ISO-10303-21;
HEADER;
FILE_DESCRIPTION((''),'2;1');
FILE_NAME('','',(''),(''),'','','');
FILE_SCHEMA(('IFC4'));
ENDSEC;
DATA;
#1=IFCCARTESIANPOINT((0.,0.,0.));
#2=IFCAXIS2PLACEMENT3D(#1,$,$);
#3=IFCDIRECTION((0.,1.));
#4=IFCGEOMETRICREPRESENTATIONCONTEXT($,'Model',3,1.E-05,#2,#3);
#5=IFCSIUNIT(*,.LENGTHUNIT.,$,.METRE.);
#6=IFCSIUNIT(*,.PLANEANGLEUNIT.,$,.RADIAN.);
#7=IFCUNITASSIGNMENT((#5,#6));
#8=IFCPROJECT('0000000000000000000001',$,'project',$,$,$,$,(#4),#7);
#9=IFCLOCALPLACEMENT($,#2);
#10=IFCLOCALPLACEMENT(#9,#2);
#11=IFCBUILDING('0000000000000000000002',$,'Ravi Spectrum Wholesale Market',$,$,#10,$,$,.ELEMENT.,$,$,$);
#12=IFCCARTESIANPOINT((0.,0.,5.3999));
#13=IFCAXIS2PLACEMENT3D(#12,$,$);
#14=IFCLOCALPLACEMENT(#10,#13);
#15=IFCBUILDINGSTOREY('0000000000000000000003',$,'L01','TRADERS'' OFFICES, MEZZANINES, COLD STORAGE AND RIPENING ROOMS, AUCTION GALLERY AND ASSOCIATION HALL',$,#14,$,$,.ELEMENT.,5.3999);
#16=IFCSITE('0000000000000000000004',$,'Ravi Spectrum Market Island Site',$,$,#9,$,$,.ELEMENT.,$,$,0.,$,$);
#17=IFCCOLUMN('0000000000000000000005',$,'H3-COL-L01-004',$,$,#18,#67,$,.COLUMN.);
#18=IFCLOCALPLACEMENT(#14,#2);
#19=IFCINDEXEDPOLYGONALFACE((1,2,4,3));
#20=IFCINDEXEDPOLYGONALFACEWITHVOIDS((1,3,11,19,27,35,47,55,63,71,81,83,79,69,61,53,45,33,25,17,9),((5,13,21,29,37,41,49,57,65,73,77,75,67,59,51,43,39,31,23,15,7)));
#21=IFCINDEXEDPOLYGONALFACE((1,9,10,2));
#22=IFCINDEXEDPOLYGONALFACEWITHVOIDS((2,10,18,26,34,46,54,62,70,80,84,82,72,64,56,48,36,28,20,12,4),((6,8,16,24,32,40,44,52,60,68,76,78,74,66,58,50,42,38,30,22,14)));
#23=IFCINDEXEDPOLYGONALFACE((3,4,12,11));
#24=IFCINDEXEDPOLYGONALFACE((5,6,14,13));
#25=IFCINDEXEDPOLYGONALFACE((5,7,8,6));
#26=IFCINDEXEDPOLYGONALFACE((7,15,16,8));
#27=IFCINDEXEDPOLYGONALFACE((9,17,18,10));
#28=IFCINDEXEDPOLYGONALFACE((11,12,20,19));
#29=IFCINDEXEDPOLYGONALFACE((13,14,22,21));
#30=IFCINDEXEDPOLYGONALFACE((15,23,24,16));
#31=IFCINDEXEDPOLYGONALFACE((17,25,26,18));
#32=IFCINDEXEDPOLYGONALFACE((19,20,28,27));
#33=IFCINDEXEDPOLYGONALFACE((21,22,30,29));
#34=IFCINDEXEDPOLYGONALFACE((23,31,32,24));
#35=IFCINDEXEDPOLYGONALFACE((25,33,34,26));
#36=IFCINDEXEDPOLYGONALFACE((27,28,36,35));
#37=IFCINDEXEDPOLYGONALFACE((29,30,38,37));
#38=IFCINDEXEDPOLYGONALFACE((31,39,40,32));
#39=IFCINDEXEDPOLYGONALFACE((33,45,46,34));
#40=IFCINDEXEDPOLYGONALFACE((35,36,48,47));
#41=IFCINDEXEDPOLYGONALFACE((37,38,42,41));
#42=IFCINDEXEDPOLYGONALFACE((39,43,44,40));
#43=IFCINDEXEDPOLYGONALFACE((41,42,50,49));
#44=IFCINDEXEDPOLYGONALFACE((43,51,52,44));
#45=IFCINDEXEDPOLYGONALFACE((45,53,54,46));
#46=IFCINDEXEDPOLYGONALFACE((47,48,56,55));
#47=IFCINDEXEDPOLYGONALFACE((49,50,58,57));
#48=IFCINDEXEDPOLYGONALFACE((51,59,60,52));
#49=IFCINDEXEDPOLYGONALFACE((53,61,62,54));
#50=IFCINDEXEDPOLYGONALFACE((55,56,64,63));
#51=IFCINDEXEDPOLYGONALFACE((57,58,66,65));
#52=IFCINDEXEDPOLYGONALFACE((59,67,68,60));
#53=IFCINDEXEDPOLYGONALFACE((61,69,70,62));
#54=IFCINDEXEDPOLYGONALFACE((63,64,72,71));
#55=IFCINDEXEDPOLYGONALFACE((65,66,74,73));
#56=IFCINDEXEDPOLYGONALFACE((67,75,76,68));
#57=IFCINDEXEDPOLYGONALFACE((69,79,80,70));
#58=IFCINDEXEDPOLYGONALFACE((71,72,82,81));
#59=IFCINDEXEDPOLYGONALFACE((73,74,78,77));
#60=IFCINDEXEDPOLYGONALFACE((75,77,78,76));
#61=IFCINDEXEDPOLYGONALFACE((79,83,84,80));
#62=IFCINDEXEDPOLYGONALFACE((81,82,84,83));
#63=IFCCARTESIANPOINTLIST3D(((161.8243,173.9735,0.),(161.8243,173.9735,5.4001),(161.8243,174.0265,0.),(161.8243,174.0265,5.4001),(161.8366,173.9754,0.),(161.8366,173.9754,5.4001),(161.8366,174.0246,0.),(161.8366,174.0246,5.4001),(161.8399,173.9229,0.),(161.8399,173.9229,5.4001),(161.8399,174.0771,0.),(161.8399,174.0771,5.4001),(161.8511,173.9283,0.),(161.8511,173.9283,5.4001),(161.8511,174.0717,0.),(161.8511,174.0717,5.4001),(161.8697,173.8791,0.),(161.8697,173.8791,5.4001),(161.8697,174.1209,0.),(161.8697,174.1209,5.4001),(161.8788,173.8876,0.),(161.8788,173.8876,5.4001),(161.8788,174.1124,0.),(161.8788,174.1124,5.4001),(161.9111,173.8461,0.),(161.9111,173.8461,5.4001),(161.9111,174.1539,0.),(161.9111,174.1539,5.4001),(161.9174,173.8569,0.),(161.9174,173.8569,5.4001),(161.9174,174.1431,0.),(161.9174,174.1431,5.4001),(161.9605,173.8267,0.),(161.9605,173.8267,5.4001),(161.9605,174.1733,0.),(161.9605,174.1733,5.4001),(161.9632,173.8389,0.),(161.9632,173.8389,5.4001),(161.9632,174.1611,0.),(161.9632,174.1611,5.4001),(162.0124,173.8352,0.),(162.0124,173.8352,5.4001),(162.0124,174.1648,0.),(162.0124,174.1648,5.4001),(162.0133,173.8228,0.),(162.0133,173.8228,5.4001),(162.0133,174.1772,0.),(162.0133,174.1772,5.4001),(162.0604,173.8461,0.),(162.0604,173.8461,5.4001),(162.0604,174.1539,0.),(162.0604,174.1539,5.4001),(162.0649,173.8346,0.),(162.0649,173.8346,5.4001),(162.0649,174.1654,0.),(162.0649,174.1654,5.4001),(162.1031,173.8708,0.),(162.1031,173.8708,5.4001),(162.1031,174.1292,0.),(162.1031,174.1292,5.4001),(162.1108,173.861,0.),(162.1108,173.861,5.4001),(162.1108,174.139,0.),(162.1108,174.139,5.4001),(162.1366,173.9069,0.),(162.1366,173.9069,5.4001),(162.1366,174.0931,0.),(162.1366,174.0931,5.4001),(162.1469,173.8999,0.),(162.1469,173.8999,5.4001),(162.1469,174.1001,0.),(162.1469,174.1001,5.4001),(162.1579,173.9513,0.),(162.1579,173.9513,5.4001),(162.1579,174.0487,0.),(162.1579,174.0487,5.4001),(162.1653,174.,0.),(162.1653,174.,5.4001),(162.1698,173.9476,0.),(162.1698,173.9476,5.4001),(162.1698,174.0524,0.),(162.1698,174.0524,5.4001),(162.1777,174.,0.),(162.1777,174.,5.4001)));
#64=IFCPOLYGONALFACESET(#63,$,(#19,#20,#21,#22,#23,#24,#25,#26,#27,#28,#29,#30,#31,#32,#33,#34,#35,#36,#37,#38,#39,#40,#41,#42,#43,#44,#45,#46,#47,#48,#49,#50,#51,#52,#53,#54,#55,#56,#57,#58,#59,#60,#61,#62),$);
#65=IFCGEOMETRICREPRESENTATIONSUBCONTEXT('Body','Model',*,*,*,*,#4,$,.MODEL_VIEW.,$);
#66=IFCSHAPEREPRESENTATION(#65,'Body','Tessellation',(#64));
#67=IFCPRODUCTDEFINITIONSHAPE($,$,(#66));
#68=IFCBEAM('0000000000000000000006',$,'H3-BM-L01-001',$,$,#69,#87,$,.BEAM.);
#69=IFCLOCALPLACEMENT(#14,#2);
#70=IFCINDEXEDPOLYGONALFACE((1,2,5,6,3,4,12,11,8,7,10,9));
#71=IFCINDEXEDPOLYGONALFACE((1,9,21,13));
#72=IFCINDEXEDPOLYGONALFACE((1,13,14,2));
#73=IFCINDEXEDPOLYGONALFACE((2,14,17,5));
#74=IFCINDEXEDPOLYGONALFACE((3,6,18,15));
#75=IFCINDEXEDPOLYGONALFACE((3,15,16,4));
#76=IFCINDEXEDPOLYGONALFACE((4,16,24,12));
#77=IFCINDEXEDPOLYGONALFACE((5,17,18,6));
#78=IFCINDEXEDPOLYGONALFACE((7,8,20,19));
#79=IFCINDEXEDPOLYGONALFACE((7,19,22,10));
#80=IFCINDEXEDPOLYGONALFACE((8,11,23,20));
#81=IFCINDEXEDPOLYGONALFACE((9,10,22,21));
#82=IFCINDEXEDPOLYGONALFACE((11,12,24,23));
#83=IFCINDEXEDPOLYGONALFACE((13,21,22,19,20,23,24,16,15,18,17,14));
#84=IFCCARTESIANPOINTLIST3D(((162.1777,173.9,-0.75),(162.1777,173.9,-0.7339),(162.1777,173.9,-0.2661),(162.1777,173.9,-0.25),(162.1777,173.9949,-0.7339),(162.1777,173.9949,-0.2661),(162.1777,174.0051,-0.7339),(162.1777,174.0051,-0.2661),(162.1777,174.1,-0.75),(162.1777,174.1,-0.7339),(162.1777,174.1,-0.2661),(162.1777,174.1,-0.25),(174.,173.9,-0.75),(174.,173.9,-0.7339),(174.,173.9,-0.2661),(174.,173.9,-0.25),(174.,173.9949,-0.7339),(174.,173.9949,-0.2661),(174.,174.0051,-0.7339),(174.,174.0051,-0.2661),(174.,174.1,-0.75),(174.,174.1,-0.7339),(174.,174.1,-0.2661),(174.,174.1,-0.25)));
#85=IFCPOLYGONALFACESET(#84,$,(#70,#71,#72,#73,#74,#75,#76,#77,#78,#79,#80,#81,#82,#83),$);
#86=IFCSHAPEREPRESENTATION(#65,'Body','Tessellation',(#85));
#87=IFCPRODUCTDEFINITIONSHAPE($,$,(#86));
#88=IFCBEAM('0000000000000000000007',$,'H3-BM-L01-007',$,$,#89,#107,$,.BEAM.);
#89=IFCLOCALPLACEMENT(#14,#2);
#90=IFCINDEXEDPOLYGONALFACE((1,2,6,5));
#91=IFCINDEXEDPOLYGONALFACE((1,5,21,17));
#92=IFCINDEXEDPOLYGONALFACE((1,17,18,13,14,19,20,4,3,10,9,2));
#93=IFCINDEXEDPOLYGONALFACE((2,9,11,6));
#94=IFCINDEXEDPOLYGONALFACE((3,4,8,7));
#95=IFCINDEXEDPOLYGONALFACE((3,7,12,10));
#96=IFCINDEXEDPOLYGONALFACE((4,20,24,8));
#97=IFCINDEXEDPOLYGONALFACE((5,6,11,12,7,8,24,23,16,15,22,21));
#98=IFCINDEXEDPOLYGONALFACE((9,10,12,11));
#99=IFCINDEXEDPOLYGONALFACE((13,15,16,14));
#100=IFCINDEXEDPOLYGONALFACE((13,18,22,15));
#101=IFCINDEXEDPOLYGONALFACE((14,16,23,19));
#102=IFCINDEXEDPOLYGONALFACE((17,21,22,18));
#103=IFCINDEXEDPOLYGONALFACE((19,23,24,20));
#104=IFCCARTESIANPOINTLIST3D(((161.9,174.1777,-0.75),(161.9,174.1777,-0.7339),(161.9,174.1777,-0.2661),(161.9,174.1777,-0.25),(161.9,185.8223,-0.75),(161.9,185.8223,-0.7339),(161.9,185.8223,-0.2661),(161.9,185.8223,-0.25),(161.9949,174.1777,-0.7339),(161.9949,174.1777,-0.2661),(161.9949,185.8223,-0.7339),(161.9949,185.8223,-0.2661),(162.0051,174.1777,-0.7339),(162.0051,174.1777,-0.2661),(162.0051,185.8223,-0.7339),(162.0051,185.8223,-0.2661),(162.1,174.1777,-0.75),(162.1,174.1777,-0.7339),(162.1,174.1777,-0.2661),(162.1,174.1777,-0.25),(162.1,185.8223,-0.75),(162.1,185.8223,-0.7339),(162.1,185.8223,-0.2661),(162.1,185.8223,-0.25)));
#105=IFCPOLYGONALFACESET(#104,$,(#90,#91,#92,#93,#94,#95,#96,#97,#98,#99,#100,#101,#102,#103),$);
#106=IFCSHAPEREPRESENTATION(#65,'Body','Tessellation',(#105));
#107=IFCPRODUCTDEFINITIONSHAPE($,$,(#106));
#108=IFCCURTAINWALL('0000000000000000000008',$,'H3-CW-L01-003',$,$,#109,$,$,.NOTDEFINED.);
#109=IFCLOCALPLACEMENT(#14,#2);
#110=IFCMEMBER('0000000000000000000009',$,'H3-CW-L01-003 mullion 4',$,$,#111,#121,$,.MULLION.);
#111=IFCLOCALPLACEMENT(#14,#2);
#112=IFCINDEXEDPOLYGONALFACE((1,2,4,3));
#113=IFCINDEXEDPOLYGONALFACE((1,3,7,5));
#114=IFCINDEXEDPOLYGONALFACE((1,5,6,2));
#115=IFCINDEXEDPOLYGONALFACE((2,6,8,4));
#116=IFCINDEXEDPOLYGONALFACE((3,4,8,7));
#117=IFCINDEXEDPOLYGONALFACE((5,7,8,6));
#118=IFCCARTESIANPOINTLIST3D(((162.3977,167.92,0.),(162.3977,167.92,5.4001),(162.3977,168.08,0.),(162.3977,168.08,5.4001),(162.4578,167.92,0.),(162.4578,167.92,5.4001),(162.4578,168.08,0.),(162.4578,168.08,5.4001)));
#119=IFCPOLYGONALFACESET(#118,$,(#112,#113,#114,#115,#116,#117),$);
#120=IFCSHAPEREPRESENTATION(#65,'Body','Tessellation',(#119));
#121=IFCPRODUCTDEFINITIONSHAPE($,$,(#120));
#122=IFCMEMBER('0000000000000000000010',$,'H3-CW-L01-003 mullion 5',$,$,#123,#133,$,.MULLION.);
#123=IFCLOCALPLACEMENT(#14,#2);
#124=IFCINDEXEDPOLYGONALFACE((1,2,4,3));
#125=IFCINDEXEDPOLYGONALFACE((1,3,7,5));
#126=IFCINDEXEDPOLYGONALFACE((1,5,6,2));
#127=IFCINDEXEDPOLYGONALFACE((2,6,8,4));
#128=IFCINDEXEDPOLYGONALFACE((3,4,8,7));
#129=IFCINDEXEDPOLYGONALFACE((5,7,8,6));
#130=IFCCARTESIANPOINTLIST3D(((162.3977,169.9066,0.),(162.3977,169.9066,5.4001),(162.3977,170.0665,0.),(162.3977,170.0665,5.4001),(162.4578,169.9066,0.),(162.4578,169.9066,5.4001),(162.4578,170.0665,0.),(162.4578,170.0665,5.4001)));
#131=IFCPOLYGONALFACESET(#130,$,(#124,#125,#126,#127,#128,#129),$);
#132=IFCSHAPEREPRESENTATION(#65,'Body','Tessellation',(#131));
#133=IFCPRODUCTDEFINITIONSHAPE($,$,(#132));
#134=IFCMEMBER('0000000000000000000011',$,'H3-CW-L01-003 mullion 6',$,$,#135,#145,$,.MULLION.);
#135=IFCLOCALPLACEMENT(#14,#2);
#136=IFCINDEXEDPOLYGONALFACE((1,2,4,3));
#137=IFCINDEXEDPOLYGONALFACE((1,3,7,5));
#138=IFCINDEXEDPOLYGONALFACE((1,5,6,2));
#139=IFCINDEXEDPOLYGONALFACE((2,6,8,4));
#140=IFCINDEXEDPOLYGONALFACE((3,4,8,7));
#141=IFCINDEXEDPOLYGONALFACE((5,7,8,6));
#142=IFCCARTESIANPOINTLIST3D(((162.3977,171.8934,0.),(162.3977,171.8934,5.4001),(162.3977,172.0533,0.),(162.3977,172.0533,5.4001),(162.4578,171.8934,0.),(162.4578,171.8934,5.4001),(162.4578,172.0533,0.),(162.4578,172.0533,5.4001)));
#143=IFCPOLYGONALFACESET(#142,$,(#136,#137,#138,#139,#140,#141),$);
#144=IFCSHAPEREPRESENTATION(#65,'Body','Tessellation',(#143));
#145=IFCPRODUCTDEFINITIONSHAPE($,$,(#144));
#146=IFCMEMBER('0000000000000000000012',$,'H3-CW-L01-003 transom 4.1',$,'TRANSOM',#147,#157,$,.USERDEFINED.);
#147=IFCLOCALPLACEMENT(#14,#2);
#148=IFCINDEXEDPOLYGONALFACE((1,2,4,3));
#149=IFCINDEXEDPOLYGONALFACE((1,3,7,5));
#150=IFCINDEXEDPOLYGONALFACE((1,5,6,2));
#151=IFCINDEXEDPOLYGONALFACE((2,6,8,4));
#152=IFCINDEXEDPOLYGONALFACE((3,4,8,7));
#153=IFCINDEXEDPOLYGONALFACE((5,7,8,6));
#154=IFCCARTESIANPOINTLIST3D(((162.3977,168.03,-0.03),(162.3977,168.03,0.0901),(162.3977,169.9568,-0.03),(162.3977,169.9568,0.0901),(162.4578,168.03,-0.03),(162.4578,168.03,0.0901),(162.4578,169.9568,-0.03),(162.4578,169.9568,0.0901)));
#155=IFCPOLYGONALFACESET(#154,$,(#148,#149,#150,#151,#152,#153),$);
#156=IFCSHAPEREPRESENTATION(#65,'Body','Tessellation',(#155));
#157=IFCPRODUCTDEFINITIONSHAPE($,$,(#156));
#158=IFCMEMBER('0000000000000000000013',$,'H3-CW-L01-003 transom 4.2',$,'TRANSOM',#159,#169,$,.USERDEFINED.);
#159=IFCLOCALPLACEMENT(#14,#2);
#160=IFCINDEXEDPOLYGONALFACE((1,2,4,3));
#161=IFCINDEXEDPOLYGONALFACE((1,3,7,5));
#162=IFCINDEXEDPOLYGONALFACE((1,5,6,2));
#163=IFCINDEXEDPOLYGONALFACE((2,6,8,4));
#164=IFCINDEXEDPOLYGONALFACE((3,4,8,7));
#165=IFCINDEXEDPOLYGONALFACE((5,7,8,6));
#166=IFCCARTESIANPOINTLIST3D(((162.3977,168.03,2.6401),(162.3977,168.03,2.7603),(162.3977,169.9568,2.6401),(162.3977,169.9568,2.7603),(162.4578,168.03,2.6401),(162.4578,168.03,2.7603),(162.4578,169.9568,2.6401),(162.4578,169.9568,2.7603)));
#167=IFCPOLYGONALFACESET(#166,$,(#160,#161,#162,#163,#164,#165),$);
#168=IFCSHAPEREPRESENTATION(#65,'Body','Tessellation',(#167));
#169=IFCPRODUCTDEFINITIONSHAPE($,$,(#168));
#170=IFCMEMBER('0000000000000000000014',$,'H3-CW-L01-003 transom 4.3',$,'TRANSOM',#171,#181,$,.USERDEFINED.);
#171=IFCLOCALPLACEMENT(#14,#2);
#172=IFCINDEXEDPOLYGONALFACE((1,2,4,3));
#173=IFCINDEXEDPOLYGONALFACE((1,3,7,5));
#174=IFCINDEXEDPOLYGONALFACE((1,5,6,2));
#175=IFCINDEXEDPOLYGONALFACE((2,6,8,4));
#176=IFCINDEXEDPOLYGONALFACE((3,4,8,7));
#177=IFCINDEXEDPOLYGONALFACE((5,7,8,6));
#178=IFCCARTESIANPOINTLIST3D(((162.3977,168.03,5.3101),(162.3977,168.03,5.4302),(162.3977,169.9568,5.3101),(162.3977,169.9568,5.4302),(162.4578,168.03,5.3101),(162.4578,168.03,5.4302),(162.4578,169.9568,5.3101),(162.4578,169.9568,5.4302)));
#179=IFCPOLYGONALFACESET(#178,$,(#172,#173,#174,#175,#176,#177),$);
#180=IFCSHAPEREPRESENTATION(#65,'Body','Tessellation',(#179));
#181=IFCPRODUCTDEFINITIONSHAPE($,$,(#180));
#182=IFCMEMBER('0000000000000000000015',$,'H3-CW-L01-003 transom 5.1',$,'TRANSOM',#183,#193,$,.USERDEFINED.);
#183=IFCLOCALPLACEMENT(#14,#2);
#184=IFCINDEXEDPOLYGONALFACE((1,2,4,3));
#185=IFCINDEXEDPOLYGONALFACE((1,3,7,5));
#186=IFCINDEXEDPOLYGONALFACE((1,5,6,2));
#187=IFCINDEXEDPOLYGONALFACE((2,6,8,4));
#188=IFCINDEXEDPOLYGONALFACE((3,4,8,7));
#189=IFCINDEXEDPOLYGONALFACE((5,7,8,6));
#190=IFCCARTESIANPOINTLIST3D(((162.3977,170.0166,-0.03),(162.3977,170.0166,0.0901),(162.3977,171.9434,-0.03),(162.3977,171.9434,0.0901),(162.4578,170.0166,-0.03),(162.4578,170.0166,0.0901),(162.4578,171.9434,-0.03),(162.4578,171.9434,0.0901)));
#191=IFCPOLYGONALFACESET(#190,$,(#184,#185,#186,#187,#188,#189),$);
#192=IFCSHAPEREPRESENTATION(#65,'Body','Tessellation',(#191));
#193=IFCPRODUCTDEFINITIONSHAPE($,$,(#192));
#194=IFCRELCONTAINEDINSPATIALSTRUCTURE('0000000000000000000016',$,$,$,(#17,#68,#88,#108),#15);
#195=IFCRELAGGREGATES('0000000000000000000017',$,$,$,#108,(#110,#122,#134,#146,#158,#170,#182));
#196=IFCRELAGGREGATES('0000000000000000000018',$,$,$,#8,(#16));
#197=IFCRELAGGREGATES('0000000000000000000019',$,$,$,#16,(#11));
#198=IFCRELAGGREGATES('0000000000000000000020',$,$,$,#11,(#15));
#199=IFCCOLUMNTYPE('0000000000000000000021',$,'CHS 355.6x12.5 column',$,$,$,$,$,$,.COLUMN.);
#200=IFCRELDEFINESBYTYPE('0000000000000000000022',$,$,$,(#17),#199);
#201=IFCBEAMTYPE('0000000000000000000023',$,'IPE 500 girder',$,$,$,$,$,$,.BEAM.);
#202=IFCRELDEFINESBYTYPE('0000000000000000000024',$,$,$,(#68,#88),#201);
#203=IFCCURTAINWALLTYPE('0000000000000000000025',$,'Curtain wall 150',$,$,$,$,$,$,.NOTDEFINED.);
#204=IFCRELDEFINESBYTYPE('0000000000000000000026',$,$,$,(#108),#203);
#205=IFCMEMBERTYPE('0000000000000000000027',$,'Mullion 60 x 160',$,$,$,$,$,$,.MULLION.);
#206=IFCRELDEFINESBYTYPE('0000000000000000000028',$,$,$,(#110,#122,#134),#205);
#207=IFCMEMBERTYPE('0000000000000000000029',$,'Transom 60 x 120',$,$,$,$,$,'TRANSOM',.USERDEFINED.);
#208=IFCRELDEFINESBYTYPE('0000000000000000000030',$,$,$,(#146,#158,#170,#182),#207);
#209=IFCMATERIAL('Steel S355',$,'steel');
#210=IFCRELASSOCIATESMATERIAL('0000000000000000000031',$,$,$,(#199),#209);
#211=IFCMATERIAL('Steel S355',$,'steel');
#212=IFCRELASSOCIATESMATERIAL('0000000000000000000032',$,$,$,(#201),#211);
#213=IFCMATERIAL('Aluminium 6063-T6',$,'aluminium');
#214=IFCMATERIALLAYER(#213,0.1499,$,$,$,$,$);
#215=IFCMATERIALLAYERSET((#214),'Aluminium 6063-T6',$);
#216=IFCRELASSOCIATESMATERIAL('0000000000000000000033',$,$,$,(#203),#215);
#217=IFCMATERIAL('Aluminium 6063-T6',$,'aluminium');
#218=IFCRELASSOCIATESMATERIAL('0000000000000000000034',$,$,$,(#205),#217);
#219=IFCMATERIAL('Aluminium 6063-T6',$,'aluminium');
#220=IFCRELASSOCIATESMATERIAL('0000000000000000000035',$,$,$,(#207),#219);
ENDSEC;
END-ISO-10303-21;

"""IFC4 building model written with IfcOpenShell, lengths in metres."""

from ifc_helpers import new_model, si_unit, direction, frame, origin, origin_2d, place, context, subcontext, project, spatial, rectangle, hollow_circle, i_section, extrude, material, layer, layer_set, material_profile, profile_set, type_object, element, aggregate, save


model = new_model("IFC4")

# Units and contexts
model_context = context("Model", 3, precision=1e-05, world=origin(), true_north=direction((0.0, 1.0)))
body_context = subcontext(model_context, "Body", "Model", "MODEL_VIEW")
ifc_project = project(units=[si_unit("LENGTHUNIT", "METRE"), si_unit("PLANEANGLEUNIT", "RADIAN")], contexts=[model_context])

# Site, building, storey
site_placement = place(None, origin())
site = spatial("IfcSite", under=ifc_project, at=site_placement, Name="Ravi Spectrum Market Island Site", CompositionType="ELEMENT", RefElevation=0.0)
building_placement = place(site_placement, origin())
building = spatial("IfcBuilding", under=site, at=building_placement, Name="Ravi Spectrum Wholesale Market", CompositionType="ELEMENT")
storey_placement = place(building_placement, frame((0.0, 0.0, 5.3999)))
storey = spatial("IfcBuildingStorey", under=building, at=storey_placement, Name="L01", Description="TRADERS' OFFICES, MEZZANINES, COLD STORAGE AND RIPENING ROOMS, AUCTION GALLERY AND ASSOCIATION HALL", CompositionType="ELEMENT", Elevation=5.3999)

# Column
ifc_material_1 = material(Name="Steel S355", Category="steel")
ifc_material_profile_1 = material_profile(ifc_material_1, hollow_circle(Radius=0.1777, WallThickness=0.0125, at=origin_2d()))
ifc_profile_set_1 = profile_set([ifc_material_profile_1], Name="Steel S355")
column_type = type_object("IfcColumnType", Name="CHS 355.6x12.5 column", PredefinedType="COLUMN", material=ifc_profile_set_1)
column_placement = place(storey_placement, frame((162.0, 174.0, 0.0), z_axis=(0.0, 0.0, 1.0), x_axis=(1.0, 0.0, 0.0)))
element("IfcColumn", 1, at=column_placement, inside=storey, type_object=column_type, Name="H3-COL-L01-004", PredefinedType="COLUMN", context=body_context, shape_type="SweptSolid", body=[
    extrude(hollow_circle(Radius=0.1777, WallThickness=0.0125, at=origin_2d()), origin(), (0.0, 0.0, 1.0), 5.4001),
])

# Beams
ifc_material_2 = material(Name="Steel S355", Category="steel")
ifc_material_profile_2 = material_profile(ifc_material_2, i_section(OverallWidth=0.2, OverallDepth=0.5, WebThickness=0.0103, FlangeThickness=0.0161, at=origin_2d()))
ifc_profile_set_2 = profile_set([ifc_material_profile_2], Name="Steel S355")
beam_type = type_object("IfcBeamType", Name="IPE 500 girder", PredefinedType="BEAM", material=ifc_profile_set_2)
beam_1_placement = place(storey_placement, frame((162.1777, 174.0, -0.5), z_axis=(1.0, 0.0, 0.0), x_axis=(0.0, 1.0, 0.0)))
element("IfcBeam", 2, at=beam_1_placement, inside=storey, type_object=beam_type, Name="H3-BM-L01-001", PredefinedType="BEAM", context=body_context, shape_type="SweptSolid", body=[
    extrude(i_section(OverallWidth=0.2, OverallDepth=0.5, WebThickness=0.0103, FlangeThickness=0.0161, at=origin_2d()), origin(), (0.0, 0.0, 1.0), 11.8223),
])
beam_2_placement = place(storey_placement, frame((162.0, 174.1777, -0.5), z_axis=(0.0, 1.0, 0.0), x_axis=(-1.0, 0.0, 0.0)))
element("IfcBeam", 3, at=beam_2_placement, inside=storey, type_object=beam_type, Name="H3-BM-L01-007", PredefinedType="BEAM", context=body_context, shape_type="SweptSolid", body=[
    extrude(i_section(OverallWidth=0.2, OverallDepth=0.5, WebThickness=0.0103, FlangeThickness=0.0161, at=origin_2d()), origin(), (0.0, 0.0, 1.0), 11.6445),
])

# Curtain wall, members
ifc_material_3 = material(Name="Aluminium 6063-T6", Category="aluminium")
ifc_layer_1 = layer(ifc_material_3, 0.1499)
ifc_layer_set_1 = layer_set([ifc_layer_1], Name="Aluminium 6063-T6")
curtain_wall_type = type_object("IfcCurtainWallType", Name="Curtain wall 150", PredefinedType="NOTDEFINED", material=ifc_layer_set_1)
curtain_wall_placement = place(storey_placement, origin())
curtain_wall = element("IfcCurtainWall", 4, at=curtain_wall_placement, inside=storey, type_object=curtain_wall_type, Name="H3-CW-L01-003", PredefinedType="NOTDEFINED")
ifc_material_4 = material(Name="Aluminium 6063-T6", Category="aluminium")
ifc_material_profile_3 = material_profile(ifc_material_4, rectangle(XDim=0.0601, YDim=0.1599, at=origin_2d()))
ifc_profile_set_3 = profile_set([ifc_material_profile_3], Name="Aluminium 6063-T6")
member_type_1 = type_object("IfcMemberType", Name="Mullion 60 x 160", PredefinedType="MULLION", material=ifc_profile_set_3)
member_1_placement = place(storey_placement, frame((162.4277, 168.0, 0.0), z_axis=(0.0, 0.0, 1.0), x_axis=(-1.0, 0.0, 0.0)))
member_1 = element("IfcMember", 5, at=member_1_placement, type_object=member_type_1, Name="H3-CW-L01-003 mullion 4", PredefinedType="MULLION", context=body_context, shape_type="SweptSolid", body=[
    extrude(rectangle(XDim=0.0601, YDim=0.1599, at=origin_2d()), origin(), (0.0, 0.0, 1.0), 5.4001),
])
member_2_placement = place(storey_placement, frame((162.4277, 169.9866, 0.0), z_axis=(0.0, 0.0, 1.0), x_axis=(-1.0, 0.0, 0.0)))
member_2 = element("IfcMember", 6, at=member_2_placement, type_object=member_type_1, Name="H3-CW-L01-003 mullion 5", PredefinedType="MULLION", context=body_context, shape_type="SweptSolid", body=[
    extrude(rectangle(XDim=0.0601, YDim=0.1599, at=origin_2d()), origin(), (0.0, 0.0, 1.0), 5.4001),
])
member_3_placement = place(storey_placement, frame((162.4277, 171.9734, 0.0), z_axis=(0.0, 0.0, 1.0), x_axis=(-1.0, 0.0, 0.0)))
member_3 = element("IfcMember", 7, at=member_3_placement, type_object=member_type_1, Name="H3-CW-L01-003 mullion 6", PredefinedType="MULLION", context=body_context, shape_type="SweptSolid", body=[
    extrude(rectangle(XDim=0.0601, YDim=0.1599, at=origin_2d()), origin(), (0.0, 0.0, 1.0), 5.4001),
])
ifc_material_5 = material(Name="Aluminium 6063-T6", Category="aluminium")
ifc_material_profile_4 = material_profile(ifc_material_5, rectangle(XDim=0.0601, YDim=0.1201, at=origin_2d()))
ifc_profile_set_4 = profile_set([ifc_material_profile_4], Name="Aluminium 6063-T6")
member_type_2 = type_object("IfcMemberType", Name="Transom 60 x 120", ElementType="TRANSOM", PredefinedType="USERDEFINED", material=ifc_profile_set_4)
member_4_placement = place(storey_placement, frame((162.4277, 168.03, 0.03), z_axis=(0.0, 1.0, 0.0), x_axis=(-1.0, 0.0, 0.0)))
member_4 = element("IfcMember", 8, at=member_4_placement, type_object=member_type_2, Name="H3-CW-L01-003 transom 4.1", ObjectType="TRANSOM", PredefinedType="USERDEFINED", context=body_context, shape_type="SweptSolid", body=[
    extrude(rectangle(XDim=0.0601, YDim=0.1201, at=origin_2d()), origin(), (0.0, 0.0, 1.0), 1.9268),
])
member_5_placement = place(storey_placement, frame((162.4277, 168.03, 2.7002), z_axis=(0.0, 1.0, 0.0), x_axis=(-1.0, 0.0, 0.0)))
member_5 = element("IfcMember", 9, at=member_5_placement, type_object=member_type_2, Name="H3-CW-L01-003 transom 4.2", ObjectType="TRANSOM", PredefinedType="USERDEFINED", context=body_context, shape_type="SweptSolid", body=[
    extrude(rectangle(XDim=0.0601, YDim=0.1201, at=origin_2d()), origin(), (0.0, 0.0, 1.0), 1.9268),
])
member_6_placement = place(storey_placement, frame((162.4277, 168.03, 5.3701), z_axis=(0.0, 1.0, 0.0), x_axis=(-1.0, 0.0, 0.0)))
member_6 = element("IfcMember", 10, at=member_6_placement, type_object=member_type_2, Name="H3-CW-L01-003 transom 4.3", ObjectType="TRANSOM", PredefinedType="USERDEFINED", context=body_context, shape_type="SweptSolid", body=[
    extrude(rectangle(XDim=0.0601, YDim=0.1201, at=origin_2d()), origin(), (0.0, 0.0, 1.0), 1.9268),
])
member_7_placement = place(storey_placement, frame((162.4277, 170.0166, 0.03), z_axis=(0.0, 1.0, 0.0), x_axis=(-1.0, 0.0, 0.0)))
member_7 = element("IfcMember", 11, at=member_7_placement, type_object=member_type_2, Name="H3-CW-L01-003 transom 5.1", ObjectType="TRANSOM", PredefinedType="USERDEFINED", context=body_context, shape_type="SweptSolid", body=[
    extrude(rectangle(XDim=0.0601, YDim=0.1201, at=origin_2d()), origin(), (0.0, 0.0, 1.0), 1.9268),
])
aggregate(curtain_wall, [member_1, member_2, member_3, member_4, member_5, member_6, member_7])

save(model, "model.ifc")
